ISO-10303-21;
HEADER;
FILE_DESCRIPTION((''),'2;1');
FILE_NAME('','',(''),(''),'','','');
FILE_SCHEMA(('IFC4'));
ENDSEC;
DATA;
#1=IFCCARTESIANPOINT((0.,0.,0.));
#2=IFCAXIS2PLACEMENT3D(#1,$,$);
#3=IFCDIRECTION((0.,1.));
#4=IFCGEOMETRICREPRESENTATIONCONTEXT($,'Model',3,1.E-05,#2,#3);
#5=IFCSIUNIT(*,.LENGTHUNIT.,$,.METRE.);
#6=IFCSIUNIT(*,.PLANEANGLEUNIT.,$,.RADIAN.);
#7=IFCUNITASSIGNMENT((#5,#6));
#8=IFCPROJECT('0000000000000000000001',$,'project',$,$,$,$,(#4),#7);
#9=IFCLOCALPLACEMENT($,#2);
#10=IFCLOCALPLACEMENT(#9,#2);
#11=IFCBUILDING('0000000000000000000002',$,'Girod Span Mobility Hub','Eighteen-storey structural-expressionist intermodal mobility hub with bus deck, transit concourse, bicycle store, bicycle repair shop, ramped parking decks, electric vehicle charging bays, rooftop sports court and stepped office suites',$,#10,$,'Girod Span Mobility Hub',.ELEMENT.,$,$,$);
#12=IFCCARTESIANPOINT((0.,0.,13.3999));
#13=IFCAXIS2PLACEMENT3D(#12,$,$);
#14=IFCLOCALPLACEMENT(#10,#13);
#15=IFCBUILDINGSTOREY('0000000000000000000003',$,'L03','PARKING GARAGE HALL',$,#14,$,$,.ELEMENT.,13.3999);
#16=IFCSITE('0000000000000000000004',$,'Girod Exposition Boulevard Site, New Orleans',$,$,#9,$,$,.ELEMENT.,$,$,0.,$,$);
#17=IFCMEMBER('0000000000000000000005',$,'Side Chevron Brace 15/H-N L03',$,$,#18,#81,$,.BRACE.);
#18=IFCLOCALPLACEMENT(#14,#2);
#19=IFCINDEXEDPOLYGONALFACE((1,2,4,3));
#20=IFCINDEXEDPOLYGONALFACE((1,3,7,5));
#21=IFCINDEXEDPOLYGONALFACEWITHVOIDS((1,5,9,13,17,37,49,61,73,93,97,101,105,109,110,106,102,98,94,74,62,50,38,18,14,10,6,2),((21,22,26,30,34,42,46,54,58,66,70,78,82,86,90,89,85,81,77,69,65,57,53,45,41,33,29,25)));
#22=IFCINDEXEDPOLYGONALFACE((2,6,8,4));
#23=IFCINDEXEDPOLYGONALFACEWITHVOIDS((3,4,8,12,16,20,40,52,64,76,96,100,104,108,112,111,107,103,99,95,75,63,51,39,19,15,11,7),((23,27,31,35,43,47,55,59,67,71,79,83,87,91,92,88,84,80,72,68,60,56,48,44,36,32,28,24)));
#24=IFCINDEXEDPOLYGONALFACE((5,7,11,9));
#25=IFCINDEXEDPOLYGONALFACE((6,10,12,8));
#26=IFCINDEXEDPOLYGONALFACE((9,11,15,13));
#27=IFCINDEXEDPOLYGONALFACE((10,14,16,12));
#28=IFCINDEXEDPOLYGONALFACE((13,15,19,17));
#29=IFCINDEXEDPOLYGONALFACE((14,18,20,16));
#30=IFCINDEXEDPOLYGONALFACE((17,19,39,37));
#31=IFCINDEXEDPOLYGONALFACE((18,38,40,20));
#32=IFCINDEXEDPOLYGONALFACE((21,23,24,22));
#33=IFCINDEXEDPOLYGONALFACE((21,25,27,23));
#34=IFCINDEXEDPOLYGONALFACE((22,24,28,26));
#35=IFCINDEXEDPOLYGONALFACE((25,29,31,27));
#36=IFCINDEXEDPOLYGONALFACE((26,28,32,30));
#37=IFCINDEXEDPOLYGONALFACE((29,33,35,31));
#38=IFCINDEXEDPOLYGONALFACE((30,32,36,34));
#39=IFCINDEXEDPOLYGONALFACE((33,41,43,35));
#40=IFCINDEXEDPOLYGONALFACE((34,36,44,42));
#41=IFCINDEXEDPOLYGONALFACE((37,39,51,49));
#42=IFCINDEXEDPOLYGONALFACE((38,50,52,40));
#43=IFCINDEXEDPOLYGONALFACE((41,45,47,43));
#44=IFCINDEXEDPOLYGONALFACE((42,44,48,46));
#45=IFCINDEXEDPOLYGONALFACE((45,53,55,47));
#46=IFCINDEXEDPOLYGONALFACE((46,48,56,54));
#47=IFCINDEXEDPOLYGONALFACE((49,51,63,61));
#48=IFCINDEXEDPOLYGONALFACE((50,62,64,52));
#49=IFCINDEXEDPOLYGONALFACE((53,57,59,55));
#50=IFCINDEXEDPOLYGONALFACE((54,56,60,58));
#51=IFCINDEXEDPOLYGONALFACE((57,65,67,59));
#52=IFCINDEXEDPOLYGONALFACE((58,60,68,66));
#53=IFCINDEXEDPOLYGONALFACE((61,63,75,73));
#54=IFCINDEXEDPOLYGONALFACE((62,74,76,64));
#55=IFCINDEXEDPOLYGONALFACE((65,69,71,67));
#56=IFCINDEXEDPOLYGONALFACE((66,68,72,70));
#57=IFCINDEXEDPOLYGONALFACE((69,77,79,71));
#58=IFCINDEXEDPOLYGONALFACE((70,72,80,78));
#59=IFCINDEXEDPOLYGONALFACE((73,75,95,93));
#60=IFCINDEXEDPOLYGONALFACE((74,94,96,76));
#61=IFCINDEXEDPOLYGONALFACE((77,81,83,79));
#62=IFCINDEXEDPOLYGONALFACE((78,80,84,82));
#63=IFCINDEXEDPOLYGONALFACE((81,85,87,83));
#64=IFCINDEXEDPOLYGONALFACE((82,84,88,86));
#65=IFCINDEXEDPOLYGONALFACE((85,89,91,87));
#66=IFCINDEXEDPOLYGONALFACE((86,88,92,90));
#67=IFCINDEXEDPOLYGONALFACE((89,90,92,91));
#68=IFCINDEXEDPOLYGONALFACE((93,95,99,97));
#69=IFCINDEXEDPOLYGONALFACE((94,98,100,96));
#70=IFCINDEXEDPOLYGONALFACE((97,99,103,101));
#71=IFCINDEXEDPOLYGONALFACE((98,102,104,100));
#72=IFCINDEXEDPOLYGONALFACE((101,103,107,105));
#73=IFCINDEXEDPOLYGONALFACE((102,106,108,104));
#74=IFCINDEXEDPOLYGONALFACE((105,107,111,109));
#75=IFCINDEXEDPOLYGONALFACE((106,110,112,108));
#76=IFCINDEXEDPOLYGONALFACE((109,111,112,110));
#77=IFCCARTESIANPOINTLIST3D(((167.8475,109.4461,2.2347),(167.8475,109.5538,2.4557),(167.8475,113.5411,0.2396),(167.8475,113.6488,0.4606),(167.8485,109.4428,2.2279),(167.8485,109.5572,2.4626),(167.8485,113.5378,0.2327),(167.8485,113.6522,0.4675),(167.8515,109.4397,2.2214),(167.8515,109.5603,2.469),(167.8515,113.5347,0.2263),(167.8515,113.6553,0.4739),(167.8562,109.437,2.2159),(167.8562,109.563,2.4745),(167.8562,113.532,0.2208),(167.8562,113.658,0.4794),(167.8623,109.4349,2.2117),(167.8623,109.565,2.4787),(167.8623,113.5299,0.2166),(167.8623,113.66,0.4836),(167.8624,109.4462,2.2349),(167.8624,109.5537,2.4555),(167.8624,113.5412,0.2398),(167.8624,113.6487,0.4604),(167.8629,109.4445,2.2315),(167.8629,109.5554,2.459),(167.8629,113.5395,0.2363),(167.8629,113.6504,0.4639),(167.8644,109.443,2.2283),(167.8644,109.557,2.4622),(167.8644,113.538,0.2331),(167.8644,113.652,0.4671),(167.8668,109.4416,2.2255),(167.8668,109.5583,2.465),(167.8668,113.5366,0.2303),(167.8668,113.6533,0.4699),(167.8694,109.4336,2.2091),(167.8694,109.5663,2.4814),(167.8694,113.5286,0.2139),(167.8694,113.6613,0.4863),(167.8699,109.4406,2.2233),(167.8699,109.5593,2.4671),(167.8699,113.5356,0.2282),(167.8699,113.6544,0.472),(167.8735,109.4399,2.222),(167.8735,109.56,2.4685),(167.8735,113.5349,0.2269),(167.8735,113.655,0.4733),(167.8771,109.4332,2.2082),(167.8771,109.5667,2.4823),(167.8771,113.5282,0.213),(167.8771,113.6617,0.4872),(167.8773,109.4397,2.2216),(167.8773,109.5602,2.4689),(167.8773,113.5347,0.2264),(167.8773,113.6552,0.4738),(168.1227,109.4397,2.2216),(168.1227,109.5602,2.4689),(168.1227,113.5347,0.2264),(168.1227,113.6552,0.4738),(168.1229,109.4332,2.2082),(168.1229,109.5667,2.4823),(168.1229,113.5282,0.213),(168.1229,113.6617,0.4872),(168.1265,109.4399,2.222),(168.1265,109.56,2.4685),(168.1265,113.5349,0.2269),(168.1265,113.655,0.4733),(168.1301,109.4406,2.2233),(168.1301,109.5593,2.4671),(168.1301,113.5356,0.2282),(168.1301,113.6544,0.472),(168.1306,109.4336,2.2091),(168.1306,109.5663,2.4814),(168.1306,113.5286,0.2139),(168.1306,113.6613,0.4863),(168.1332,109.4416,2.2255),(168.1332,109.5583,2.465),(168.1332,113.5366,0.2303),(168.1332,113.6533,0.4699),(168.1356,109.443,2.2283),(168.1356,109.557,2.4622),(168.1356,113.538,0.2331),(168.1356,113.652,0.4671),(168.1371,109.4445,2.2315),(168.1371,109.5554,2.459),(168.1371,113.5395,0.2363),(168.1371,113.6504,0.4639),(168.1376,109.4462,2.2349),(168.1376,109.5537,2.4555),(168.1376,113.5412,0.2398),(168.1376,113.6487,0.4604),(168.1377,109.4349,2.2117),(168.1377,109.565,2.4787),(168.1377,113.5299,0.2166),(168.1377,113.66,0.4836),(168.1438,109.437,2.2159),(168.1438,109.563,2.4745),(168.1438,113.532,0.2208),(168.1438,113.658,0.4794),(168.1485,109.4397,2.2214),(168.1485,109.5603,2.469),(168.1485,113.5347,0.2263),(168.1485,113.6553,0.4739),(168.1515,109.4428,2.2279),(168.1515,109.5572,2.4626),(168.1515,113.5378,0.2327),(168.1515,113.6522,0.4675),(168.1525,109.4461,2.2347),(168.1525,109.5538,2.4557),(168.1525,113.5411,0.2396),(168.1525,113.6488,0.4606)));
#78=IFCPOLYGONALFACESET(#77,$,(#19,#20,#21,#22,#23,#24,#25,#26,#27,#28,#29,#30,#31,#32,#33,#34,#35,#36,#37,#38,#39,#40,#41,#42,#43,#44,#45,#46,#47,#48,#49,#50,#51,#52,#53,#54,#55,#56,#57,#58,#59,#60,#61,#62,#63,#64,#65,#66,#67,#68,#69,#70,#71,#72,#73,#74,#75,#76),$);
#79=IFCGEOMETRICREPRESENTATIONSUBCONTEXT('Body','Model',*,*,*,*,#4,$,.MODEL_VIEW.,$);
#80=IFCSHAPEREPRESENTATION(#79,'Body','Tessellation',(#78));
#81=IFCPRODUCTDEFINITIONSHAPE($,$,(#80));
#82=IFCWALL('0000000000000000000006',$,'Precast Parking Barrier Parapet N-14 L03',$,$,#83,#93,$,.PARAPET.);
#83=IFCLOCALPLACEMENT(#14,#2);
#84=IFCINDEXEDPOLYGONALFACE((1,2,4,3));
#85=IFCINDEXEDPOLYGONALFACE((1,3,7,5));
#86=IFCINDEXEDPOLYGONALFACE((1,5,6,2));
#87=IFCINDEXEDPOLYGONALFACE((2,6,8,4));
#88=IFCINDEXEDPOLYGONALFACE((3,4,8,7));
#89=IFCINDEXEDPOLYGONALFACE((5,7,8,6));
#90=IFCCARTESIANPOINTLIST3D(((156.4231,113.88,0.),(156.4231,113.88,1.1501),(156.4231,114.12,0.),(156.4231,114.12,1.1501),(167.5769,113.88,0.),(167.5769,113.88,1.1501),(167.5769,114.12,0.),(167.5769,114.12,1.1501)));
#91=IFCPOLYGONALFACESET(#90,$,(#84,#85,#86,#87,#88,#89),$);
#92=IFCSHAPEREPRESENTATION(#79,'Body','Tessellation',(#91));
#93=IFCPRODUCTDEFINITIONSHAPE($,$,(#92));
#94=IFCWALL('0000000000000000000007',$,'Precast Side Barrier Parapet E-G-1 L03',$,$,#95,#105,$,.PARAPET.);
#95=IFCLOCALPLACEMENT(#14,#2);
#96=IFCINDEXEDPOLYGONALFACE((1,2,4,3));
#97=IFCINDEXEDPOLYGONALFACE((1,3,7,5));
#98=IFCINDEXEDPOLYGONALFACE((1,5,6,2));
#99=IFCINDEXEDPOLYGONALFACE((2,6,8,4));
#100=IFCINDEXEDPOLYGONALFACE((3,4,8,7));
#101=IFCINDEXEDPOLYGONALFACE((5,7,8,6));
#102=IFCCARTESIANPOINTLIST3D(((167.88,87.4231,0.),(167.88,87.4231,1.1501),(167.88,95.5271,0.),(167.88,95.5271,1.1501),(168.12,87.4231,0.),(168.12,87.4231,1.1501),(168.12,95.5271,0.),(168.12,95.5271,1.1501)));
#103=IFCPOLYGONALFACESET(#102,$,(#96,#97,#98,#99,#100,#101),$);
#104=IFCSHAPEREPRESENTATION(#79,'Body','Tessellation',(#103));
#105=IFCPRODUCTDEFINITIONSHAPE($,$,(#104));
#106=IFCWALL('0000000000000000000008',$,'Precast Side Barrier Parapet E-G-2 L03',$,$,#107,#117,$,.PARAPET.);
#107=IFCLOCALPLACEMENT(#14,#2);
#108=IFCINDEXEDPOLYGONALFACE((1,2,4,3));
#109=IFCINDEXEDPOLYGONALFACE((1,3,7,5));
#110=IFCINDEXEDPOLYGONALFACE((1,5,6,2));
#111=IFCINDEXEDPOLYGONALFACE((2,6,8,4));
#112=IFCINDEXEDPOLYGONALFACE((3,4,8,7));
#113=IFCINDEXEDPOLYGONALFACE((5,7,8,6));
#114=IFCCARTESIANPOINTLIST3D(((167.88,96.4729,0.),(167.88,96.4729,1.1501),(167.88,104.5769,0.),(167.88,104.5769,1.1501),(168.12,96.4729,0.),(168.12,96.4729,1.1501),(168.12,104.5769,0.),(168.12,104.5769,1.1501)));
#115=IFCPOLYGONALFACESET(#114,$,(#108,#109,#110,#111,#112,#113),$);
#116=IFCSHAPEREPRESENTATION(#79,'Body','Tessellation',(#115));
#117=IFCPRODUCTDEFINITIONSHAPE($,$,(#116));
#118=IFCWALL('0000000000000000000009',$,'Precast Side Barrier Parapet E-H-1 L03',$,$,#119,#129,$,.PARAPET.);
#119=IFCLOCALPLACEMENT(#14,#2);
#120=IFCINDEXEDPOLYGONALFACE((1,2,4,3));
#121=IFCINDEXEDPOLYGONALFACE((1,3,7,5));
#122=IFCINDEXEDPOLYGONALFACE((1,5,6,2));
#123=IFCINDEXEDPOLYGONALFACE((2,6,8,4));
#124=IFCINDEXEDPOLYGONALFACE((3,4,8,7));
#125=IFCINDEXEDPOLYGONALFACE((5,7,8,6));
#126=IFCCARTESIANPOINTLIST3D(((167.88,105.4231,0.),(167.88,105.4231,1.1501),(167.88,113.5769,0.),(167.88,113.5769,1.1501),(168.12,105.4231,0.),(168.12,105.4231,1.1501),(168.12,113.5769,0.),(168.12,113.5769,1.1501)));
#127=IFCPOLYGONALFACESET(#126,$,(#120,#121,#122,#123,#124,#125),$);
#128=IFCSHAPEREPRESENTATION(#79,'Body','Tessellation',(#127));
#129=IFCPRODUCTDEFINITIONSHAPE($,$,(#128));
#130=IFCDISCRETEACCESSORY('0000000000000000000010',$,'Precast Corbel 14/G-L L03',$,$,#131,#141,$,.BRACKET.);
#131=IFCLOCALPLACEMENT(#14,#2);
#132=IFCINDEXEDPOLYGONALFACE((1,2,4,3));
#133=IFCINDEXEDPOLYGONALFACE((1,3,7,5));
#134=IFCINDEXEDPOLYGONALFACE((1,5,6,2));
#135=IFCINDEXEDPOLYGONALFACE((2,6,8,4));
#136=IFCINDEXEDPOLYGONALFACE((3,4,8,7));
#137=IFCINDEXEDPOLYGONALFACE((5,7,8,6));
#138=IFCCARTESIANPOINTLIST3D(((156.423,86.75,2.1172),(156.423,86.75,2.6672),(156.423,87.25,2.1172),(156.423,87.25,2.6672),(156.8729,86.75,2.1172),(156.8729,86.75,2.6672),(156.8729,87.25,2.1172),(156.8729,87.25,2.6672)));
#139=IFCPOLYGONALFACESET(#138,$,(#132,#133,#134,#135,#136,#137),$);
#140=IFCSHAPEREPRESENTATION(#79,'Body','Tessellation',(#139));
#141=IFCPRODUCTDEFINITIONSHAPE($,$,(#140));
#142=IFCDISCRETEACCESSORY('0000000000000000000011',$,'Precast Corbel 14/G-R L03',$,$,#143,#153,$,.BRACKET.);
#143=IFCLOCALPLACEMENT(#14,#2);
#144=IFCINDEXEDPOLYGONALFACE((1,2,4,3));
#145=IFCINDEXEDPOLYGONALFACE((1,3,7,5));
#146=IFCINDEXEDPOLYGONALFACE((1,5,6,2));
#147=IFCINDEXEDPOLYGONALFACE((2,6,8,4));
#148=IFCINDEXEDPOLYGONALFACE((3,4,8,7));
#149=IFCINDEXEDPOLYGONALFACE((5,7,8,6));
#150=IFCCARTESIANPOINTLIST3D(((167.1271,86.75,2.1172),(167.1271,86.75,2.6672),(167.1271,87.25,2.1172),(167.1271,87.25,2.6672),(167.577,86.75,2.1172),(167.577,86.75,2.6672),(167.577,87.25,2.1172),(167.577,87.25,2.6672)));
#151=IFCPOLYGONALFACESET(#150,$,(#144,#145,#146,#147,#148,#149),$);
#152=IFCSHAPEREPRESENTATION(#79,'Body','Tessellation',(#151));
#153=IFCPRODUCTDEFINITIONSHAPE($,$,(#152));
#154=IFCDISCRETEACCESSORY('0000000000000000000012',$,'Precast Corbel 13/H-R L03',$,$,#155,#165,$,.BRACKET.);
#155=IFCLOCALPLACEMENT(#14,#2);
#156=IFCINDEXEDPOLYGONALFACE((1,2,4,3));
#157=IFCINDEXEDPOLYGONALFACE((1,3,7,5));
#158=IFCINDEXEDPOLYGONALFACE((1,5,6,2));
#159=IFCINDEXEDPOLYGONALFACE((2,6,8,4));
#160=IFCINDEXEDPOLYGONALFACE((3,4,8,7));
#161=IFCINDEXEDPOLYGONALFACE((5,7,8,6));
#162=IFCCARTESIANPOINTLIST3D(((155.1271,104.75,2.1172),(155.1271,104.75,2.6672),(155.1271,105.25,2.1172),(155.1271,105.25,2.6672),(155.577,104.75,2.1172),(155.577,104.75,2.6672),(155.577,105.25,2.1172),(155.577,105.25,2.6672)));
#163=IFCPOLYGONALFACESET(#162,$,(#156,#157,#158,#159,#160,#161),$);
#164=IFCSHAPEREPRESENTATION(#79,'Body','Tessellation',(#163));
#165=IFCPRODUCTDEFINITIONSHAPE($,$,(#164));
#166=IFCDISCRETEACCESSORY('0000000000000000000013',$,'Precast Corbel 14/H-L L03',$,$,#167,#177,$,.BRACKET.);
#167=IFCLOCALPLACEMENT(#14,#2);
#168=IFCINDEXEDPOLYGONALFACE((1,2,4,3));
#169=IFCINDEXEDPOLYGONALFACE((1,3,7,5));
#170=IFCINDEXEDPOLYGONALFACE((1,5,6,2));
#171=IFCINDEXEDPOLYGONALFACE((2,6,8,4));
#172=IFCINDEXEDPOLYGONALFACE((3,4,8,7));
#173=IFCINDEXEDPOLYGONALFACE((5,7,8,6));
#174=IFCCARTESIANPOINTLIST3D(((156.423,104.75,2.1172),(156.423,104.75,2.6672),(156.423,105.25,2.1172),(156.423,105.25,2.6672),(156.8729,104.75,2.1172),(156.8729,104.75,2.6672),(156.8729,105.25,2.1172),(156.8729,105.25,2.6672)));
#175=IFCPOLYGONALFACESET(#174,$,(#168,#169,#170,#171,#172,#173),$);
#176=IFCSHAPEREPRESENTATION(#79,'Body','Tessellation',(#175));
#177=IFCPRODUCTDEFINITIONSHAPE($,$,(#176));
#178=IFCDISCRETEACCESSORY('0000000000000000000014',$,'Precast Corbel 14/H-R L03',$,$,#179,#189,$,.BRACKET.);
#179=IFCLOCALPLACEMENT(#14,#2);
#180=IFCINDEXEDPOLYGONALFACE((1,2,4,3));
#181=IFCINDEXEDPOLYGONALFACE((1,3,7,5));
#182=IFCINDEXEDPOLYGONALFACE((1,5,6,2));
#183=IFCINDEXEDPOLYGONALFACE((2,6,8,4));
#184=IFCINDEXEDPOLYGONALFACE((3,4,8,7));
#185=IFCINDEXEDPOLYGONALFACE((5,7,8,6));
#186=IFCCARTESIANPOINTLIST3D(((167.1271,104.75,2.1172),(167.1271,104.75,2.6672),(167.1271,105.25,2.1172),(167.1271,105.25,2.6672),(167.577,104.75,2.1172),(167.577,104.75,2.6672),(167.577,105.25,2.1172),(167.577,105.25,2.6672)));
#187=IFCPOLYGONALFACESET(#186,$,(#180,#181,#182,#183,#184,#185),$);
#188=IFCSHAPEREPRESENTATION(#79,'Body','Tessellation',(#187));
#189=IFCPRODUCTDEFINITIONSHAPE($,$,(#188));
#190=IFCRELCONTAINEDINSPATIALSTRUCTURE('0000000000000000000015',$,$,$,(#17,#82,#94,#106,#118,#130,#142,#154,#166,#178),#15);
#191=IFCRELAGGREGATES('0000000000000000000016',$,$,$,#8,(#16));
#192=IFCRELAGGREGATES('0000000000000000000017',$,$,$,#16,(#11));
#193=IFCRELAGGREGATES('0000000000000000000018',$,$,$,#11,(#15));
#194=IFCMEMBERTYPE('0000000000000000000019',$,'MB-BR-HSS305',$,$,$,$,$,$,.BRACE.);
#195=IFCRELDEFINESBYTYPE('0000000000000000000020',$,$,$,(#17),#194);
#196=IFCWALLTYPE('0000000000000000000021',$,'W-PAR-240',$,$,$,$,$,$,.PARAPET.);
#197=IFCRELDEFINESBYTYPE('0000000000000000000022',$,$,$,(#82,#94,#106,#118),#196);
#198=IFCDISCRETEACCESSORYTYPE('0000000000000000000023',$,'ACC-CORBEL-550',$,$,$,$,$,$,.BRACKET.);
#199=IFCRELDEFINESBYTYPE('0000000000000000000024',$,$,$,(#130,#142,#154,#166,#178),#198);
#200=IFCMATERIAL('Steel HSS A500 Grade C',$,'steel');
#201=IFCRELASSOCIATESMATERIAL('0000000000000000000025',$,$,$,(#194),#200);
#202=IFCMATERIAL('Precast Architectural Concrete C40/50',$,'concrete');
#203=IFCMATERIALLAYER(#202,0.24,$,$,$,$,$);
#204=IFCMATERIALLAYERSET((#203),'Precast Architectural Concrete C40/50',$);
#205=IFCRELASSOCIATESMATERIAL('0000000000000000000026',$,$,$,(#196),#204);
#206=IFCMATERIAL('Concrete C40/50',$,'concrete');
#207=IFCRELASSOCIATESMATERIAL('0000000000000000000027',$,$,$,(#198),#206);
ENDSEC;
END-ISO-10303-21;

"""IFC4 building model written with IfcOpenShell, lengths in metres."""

from ifc_helpers import new_model, si_unit, direction, frame, frame_2d, origin, origin_2d, place, context, subcontext, project, spatial, rectangle, hollow_rectangle, extrude, material, layer, layer_set, material_profile, profile_set, type_object, element, save


model = new_model("IFC4")

# Units and contexts
model_context = context("Model", 3, precision=1e-05, world=origin(), true_north=direction((0.0, 1.0)))
body_context = subcontext(model_context, "Body", "Model", "MODEL_VIEW")
ifc_project = project(units=[si_unit("LENGTHUNIT", "METRE"), si_unit("PLANEANGLEUNIT", "RADIAN")], contexts=[model_context])

# Site, building, storey
site_placement = place(None, origin())
site = spatial("IfcSite", under=ifc_project, at=site_placement, Name="Girod Exposition Boulevard Site, New Orleans", CompositionType="ELEMENT", RefElevation=0.0)
building_placement = place(site_placement, origin())
building = spatial("IfcBuilding", under=site, at=building_placement, Name="Girod Span Mobility Hub", Description="Eighteen-storey structural-expressionist intermodal mobility hub with bus deck, transit concourse, bicycle store, bicycle repair shop, ramped parking decks, electric vehicle charging bays, rooftop sports court and stepped office suites", LongName="Girod Span Mobility Hub", CompositionType="ELEMENT")
storey_placement = place(building_placement, frame((0.0, 0.0, 13.3999)))
storey = spatial("IfcBuildingStorey", under=building, at=storey_placement, Name="L03", Description="PARKING GARAGE HALL", CompositionType="ELEMENT", Elevation=13.3999)

# Member
ifc_material_1 = material(Name="Steel HSS A500 Grade C", Category="steel")
ifc_material_profile_1 = material_profile(ifc_material_1, hollow_rectangle(XDim=0.3049, YDim=0.3049, WallThickness=0.0149, InnerFilletRadius=0.0149, OuterFilletRadius=0.0295, at=origin_2d()), Name="HSS305X305X16")
ifc_profile_set_1 = profile_set([ifc_material_profile_1], Name="Steel HSS A500 Grade C")
member_type = type_object("IfcMemberType", Name="MB-BR-HSS305", PredefinedType="BRACE", material=ifc_profile_set_1)
for number, where, z_axis, x_axis, name in (
    (1, (168.0, 113.595, 0.3501), (0.0, -0.898979, 0.437993), (1.0, 0.0, 0.0), "Side Chevron Brace 15/H-N L03"),
):
    element("IfcMember", number, at=place(storey_placement, frame(where, z_axis=z_axis, x_axis=x_axis)), inside=storey, type_object=member_type, Name=name, PredefinedType="BRACE", context=body_context, shape_type="SweptSolid", body=[
        extrude(hollow_rectangle(XDim=0.3049, YDim=0.3049, WallThickness=0.0149, InnerFilletRadius=0.0149, OuterFilletRadius=0.0295, at=origin_2d()), origin(), (0.0, 0.0, 1.0), 4.5552),
    ])

# Walls
ifc_material_2 = material(Name="Precast Architectural Concrete C40/50", Category="concrete")
ifc_layer = layer(ifc_material_2, 0.24)
ifc_layer_set = layer_set([ifc_layer], Name="Precast Architectural Concrete C40/50")
wall_type = type_object("IfcWallType", Name="W-PAR-240", PredefinedType="PARAPET", material=ifc_layer_set)
wall_1_placement = place(storey_placement, frame((156.4231, 114.0, 0.0), z_axis=(0.0, 0.0, 1.0), x_axis=(1.0, 0.0, 0.0)))
element("IfcWall", 2, at=wall_1_placement, inside=storey, type_object=wall_type, Name="Precast Parking Barrier Parapet N-14 L03", PredefinedType="PARAPET", context=body_context, shape_type="SweptSolid", body=[
    extrude(rectangle(XDim=11.1538, YDim=0.24, at=frame_2d((5.5769, 0.0))), origin(), (0.0, 0.0, 1.0), 1.1501),
])
for number, where, z_axis, x_axis, name in (
    (3, (168.0, 87.4231, 0.0), (0.0, 0.0, 1.0), (0.0, 1.0, 0.0), "Precast Side Barrier Parapet E-G-1 L03"),
    (4, (168.0, 96.4729, 0.0), (0.0, 0.0, 1.0), (0.0, 1.0, 0.0), "Precast Side Barrier Parapet E-G-2 L03"),
):
    element("IfcWall", number, at=place(storey_placement, frame(where, z_axis=z_axis, x_axis=x_axis)), inside=storey, type_object=wall_type, Name=name, PredefinedType="PARAPET", context=body_context, shape_type="SweptSolid", body=[
        extrude(rectangle(XDim=8.104, YDim=0.24, at=frame_2d((4.052, 0.0))), origin(), (0.0, 0.0, 1.0), 1.1501),
    ])
wall_2_placement = place(storey_placement, frame((168.0, 105.4231, 0.0), z_axis=(0.0, 0.0, 1.0), x_axis=(0.0, 1.0, 0.0)))
element("IfcWall", 5, at=wall_2_placement, inside=storey, type_object=wall_type, Name="Precast Side Barrier Parapet E-H-1 L03", PredefinedType="PARAPET", context=body_context, shape_type="SweptSolid", body=[
    extrude(rectangle(XDim=8.1538, YDim=0.24, at=frame_2d((4.0769, 0.0))), origin(), (0.0, 0.0, 1.0), 1.1501),
])

# Discrete accessories
ifc_material_3 = material(Name="Concrete C40/50", Category="concrete")
discrete_accessory_type = type_object("IfcDiscreteAccessoryType", Name="ACC-CORBEL-550", PredefinedType="BRACKET", material=ifc_material_3)
for number, where, z_axis, x_axis, name in (
    (6, (156.6479, 87.0, 2.1172), (0.0, 0.0, 1.0), (1.0, 0.0, 0.0), "Precast Corbel 14/G-L L03"),
    (7, (167.3521, 87.0, 2.1172), (0.0, 0.0, 1.0), (1.0, 0.0, 0.0), "Precast Corbel 14/G-R L03"),
    (8, (155.3521, 105.0, 2.1172), (0.0, 0.0, 1.0), (1.0, 0.0, 0.0), "Precast Corbel 13/H-R L03"),
    (9, (156.6479, 105.0, 2.1172), (0.0, 0.0, 1.0), (1.0, 0.0, 0.0), "Precast Corbel 14/H-L L03"),
    (10, (167.3521, 105.0, 2.1172), (0.0, 0.0, 1.0), (1.0, 0.0, 0.0), "Precast Corbel 14/H-R L03"),
):
    element("IfcDiscreteAccessory", number, at=place(storey_placement, frame(where, z_axis=z_axis, x_axis=x_axis)), inside=storey, type_object=discrete_accessory_type, Name=name, PredefinedType="BRACKET", context=body_context, shape_type="SweptSolid", body=[
        extrude(rectangle(XDim=0.45, YDim=0.5, at=origin_2d()), origin(), (0.0, 0.0, 1.0), 0.55),
    ])

save(model, "model.ifc")
